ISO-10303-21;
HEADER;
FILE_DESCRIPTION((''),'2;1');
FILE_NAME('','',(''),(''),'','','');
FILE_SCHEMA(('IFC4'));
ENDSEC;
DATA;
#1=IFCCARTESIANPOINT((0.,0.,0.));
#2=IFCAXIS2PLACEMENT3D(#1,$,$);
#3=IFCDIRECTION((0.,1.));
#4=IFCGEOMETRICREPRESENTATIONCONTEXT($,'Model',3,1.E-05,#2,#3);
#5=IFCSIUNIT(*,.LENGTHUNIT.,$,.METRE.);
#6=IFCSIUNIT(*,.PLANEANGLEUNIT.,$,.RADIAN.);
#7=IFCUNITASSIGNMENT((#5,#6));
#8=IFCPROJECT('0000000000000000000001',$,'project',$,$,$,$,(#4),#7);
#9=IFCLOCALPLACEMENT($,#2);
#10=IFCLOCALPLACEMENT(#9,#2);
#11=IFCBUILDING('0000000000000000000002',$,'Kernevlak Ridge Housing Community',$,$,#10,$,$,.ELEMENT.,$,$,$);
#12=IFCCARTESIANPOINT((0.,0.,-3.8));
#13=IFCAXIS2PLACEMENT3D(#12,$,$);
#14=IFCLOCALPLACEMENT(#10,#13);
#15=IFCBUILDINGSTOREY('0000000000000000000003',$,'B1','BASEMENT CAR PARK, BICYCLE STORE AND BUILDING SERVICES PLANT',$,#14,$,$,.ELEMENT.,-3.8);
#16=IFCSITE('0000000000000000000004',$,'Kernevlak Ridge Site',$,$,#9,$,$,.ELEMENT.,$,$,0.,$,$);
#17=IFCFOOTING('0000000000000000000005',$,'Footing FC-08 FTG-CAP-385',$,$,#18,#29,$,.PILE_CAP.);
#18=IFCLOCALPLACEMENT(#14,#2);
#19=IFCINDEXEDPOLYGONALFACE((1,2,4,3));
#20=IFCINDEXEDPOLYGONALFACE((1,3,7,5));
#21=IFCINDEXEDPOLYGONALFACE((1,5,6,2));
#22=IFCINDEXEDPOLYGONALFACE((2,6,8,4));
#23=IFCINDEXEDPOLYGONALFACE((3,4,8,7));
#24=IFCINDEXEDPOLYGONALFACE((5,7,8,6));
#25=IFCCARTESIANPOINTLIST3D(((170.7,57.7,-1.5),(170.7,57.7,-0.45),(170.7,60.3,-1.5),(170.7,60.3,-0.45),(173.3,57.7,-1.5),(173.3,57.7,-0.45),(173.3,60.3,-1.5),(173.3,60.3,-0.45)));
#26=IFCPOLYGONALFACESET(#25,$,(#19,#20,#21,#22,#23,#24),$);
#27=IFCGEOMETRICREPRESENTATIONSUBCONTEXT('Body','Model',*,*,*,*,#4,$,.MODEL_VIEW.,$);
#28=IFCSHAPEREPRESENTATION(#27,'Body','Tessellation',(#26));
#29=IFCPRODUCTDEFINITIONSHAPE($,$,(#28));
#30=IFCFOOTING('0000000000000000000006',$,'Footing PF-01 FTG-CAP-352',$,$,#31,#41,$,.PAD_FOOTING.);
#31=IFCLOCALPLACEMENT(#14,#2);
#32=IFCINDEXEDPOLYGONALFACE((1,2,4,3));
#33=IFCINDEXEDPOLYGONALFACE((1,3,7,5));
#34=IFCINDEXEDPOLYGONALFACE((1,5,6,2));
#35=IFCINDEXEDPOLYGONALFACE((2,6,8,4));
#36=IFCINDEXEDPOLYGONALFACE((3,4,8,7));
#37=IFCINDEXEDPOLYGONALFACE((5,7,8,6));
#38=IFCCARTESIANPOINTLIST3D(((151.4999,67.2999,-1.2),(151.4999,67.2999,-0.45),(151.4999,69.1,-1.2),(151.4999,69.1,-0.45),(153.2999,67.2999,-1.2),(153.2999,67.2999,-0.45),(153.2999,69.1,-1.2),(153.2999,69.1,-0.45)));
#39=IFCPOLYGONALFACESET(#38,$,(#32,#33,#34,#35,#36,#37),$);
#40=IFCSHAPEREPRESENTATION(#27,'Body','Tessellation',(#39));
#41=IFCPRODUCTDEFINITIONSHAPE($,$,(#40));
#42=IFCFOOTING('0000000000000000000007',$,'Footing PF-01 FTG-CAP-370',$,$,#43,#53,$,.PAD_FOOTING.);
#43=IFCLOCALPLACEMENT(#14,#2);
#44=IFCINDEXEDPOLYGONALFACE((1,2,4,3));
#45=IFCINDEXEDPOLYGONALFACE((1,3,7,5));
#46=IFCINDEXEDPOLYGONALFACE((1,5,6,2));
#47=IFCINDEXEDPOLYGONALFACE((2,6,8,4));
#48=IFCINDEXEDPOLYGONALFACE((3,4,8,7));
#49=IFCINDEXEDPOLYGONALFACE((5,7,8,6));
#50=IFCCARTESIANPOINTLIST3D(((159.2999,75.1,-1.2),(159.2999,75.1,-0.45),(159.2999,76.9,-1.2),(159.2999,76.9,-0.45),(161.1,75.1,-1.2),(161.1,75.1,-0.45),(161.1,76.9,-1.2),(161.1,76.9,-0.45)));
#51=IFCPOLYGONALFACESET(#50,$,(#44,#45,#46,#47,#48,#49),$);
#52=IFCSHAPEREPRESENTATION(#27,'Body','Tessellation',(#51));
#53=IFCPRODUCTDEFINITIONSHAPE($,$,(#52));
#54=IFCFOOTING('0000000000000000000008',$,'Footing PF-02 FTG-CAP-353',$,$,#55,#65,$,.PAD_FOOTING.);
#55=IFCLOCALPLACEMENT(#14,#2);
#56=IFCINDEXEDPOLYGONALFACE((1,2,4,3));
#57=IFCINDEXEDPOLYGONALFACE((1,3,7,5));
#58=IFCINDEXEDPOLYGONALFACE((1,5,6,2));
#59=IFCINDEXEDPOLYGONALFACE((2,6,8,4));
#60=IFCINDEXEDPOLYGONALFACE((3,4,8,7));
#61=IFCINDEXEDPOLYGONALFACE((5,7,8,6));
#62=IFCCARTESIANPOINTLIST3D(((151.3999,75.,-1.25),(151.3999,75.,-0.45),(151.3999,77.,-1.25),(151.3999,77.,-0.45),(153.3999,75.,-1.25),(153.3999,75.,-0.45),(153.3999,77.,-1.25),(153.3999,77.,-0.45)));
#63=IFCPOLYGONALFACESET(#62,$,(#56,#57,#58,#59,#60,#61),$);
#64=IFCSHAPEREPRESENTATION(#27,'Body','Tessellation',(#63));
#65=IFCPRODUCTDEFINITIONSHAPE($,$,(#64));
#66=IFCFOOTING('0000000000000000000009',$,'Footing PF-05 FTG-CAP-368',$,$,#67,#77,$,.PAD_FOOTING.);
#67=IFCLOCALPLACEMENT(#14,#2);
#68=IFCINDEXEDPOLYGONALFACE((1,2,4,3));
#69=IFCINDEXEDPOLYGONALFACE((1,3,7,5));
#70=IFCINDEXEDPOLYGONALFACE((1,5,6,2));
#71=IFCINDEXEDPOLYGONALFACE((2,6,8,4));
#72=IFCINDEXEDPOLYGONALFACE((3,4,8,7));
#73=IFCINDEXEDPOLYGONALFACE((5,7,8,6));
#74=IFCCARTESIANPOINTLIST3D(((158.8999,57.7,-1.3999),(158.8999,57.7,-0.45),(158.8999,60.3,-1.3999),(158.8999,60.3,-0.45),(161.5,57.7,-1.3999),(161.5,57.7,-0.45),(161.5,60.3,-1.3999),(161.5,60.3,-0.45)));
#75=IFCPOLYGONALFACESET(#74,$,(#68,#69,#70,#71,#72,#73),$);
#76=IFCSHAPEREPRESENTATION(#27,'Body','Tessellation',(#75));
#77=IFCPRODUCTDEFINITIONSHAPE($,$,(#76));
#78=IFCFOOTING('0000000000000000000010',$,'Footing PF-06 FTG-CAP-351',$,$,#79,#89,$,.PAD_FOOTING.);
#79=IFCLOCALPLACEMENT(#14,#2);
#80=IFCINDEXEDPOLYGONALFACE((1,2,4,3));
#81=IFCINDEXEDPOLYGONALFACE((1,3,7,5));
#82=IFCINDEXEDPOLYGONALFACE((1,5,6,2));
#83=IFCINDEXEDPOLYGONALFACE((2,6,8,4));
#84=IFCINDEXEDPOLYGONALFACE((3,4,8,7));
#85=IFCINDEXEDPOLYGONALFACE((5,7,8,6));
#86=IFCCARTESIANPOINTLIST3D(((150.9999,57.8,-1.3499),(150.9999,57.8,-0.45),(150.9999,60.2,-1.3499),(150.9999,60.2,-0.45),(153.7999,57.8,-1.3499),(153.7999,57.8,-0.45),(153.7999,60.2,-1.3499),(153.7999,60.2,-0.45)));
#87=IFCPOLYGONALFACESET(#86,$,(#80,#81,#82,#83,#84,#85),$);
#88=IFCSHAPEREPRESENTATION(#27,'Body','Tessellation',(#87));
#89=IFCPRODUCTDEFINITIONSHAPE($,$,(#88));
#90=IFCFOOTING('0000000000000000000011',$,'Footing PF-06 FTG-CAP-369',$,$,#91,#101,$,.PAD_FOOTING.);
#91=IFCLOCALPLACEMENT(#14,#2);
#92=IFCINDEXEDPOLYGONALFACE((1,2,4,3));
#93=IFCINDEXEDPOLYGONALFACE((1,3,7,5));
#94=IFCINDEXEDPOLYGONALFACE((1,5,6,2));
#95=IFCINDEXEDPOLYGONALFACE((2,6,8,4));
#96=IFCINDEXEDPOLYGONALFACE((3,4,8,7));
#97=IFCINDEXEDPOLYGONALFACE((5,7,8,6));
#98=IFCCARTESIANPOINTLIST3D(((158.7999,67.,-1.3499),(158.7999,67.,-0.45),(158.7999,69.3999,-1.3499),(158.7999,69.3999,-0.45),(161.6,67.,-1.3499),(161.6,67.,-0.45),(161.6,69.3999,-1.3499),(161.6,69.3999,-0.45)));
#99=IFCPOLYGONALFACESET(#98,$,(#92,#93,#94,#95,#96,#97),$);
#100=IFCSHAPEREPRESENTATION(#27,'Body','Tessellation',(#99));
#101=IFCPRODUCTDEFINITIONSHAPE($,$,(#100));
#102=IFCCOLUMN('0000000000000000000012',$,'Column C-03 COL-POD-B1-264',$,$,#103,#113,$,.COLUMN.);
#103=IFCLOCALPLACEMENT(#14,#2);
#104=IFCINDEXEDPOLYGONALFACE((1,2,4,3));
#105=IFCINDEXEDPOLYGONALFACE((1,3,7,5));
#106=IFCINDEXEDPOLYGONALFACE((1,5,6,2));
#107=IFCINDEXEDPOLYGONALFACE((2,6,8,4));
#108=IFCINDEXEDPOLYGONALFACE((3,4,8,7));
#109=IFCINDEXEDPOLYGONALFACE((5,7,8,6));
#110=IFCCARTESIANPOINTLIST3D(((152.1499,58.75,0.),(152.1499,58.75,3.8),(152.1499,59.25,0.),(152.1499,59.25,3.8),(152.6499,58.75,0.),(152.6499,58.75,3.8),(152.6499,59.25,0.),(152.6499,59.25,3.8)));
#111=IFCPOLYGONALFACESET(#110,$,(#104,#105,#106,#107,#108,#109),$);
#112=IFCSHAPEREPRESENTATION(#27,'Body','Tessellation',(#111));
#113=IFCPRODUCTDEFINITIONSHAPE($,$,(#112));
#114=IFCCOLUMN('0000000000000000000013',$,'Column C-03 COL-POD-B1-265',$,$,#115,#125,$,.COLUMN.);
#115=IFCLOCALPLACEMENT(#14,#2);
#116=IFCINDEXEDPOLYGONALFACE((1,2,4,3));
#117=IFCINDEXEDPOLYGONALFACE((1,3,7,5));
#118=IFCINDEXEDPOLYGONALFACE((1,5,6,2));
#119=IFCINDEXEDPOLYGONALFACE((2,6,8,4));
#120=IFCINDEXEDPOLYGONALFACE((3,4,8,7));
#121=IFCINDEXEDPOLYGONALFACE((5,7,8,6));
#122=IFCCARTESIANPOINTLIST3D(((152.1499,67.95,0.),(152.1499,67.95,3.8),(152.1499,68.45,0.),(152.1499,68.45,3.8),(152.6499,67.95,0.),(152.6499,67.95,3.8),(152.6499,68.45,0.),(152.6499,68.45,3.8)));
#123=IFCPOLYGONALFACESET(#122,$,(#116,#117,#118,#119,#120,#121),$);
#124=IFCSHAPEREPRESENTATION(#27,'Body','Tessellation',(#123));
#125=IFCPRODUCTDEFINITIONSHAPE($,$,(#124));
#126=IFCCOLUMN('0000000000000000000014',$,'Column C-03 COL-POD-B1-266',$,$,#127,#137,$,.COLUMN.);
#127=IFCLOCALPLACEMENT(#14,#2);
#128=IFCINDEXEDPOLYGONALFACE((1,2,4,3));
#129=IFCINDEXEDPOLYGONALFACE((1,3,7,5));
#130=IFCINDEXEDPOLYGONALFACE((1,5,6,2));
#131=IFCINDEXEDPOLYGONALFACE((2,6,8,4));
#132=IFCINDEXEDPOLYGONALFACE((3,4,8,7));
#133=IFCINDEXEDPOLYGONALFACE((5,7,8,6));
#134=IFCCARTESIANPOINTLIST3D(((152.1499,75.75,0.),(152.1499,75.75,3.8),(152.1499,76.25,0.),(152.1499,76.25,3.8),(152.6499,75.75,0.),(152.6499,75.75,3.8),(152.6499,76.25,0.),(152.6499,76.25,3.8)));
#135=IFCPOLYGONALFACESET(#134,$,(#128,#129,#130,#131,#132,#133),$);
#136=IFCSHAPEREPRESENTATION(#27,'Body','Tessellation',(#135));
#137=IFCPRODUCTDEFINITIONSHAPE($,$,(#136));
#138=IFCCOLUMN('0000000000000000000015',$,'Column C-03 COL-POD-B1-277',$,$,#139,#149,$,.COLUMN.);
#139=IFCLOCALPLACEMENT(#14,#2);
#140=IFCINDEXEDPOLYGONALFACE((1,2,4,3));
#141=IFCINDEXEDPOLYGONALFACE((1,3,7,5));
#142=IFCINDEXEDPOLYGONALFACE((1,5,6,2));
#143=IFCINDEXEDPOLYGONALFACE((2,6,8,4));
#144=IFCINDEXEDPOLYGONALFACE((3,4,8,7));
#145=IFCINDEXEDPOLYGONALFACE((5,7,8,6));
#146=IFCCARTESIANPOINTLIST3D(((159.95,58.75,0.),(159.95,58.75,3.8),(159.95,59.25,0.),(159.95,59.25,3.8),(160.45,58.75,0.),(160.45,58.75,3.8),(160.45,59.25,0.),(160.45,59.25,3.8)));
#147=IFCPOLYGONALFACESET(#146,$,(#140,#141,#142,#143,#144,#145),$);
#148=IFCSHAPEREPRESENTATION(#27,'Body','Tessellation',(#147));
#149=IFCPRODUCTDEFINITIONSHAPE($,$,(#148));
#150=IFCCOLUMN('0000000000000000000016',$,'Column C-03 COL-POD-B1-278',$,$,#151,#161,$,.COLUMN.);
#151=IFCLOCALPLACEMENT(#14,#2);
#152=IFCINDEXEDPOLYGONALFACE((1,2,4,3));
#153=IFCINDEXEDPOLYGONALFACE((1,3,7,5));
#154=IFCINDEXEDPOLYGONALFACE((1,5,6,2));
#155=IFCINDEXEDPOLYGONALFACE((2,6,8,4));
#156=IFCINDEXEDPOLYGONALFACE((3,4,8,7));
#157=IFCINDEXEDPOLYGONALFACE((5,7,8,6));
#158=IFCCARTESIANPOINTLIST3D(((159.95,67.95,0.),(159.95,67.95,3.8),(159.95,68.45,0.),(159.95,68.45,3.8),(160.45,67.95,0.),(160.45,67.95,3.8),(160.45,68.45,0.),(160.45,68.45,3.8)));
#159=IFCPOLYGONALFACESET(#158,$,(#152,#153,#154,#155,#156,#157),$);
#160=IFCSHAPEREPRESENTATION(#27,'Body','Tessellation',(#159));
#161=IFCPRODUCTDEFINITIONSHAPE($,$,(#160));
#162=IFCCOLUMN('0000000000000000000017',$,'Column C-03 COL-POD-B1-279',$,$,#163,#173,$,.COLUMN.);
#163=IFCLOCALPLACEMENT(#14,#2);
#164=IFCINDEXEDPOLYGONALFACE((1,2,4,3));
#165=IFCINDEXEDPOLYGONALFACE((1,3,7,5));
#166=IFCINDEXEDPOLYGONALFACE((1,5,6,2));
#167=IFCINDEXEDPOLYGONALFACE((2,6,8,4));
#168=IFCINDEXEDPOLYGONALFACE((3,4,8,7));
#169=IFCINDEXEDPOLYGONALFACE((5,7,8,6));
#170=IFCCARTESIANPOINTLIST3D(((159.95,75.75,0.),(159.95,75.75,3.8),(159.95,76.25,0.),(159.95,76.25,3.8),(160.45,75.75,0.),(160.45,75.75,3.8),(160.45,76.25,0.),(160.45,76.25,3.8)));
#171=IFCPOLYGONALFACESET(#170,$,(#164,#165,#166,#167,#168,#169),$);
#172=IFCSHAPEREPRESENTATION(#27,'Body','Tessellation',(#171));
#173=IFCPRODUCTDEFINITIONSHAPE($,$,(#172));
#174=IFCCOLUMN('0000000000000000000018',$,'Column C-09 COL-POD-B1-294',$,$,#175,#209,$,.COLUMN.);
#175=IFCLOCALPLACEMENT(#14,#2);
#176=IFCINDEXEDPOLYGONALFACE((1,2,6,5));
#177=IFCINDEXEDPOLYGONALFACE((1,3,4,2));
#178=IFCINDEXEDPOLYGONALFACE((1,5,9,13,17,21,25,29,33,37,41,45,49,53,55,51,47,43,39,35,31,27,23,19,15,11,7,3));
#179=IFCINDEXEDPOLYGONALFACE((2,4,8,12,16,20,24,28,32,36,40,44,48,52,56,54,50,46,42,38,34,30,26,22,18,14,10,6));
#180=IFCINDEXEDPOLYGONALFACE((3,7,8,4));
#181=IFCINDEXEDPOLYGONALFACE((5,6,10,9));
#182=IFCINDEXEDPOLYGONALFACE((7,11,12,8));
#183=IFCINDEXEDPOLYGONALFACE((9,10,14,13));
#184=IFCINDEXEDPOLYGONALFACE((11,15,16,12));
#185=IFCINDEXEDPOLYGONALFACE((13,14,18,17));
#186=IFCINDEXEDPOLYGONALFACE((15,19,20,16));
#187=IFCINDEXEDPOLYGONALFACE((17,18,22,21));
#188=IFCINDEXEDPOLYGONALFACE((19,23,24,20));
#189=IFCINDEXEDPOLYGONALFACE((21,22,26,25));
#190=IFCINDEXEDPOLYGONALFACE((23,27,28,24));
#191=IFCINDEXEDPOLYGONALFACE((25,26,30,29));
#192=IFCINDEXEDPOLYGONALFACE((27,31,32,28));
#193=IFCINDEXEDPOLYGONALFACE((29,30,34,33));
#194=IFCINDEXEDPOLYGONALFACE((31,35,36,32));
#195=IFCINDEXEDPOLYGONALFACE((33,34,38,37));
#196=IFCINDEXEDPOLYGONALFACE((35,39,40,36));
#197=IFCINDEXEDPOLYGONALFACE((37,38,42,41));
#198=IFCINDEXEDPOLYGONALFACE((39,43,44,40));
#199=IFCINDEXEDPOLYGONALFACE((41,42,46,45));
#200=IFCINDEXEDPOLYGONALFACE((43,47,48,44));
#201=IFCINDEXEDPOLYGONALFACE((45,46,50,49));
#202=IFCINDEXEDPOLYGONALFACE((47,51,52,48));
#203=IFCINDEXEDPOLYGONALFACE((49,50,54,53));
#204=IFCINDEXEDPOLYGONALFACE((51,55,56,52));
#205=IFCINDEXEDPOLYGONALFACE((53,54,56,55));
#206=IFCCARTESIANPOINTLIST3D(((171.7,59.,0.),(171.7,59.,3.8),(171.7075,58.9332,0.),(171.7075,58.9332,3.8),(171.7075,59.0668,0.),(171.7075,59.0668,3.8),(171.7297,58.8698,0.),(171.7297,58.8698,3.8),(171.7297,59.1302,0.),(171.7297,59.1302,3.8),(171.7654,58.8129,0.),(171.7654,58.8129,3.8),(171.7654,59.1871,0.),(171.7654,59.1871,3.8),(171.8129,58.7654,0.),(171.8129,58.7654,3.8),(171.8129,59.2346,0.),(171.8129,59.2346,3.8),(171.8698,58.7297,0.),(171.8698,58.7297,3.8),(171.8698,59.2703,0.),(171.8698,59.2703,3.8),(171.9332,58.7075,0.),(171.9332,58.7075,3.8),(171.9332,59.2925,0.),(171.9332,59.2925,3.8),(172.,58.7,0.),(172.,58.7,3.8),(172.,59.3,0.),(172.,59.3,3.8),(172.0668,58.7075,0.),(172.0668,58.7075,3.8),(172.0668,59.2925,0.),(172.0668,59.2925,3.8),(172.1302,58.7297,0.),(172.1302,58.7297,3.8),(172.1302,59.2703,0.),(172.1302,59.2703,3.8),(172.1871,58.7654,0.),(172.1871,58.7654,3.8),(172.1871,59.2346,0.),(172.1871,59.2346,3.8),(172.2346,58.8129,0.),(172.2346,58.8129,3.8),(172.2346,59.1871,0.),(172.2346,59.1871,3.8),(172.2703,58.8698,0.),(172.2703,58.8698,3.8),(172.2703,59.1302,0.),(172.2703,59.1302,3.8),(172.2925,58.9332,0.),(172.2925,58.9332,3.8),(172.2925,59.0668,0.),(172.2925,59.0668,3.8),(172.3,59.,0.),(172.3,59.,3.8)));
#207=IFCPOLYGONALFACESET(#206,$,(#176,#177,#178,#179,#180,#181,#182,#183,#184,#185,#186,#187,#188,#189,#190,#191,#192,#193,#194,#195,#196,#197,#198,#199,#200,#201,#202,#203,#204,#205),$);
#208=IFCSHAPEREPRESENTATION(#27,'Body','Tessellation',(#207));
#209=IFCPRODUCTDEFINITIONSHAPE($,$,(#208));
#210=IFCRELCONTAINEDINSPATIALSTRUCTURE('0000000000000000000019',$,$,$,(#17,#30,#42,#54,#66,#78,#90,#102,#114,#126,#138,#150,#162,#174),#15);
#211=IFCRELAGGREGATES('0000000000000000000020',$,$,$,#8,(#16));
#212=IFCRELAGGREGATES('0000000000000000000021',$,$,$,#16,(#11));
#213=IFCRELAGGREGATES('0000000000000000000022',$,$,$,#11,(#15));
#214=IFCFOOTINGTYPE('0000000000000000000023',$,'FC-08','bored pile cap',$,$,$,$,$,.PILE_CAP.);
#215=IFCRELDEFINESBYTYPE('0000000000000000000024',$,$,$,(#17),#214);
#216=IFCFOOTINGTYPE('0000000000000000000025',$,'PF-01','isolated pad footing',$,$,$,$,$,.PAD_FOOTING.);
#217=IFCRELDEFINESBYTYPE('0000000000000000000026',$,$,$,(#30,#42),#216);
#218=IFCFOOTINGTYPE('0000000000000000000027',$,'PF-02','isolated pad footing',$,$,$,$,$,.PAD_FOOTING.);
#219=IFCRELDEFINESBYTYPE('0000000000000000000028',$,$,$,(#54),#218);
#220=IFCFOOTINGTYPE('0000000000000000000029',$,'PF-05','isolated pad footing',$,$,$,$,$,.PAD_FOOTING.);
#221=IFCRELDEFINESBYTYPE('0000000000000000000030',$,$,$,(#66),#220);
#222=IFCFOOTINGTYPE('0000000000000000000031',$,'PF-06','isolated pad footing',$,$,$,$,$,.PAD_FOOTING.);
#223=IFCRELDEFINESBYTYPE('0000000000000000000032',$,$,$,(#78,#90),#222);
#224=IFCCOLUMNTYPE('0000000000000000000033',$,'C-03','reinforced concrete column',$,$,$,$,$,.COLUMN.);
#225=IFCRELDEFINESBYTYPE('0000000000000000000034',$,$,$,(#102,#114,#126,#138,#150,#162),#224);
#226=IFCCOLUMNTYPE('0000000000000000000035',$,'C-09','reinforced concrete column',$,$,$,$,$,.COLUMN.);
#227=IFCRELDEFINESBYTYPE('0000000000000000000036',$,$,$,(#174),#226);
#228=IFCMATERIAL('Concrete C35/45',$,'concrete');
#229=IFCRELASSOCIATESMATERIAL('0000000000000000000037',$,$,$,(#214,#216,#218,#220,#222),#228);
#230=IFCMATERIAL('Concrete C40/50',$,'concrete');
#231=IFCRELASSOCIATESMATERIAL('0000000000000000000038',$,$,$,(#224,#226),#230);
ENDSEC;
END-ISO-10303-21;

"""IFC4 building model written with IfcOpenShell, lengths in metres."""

from ifc_helpers import new_model, si_unit, direction, frame, origin, origin_2d, place, context, subcontext, project, spatial, rectangle, circle, extrude, material, material_profile, profile_set, type_object, element, save


model = new_model("IFC4")

# Units and contexts
model_context = context("Model", 3, precision=1e-05, world=origin(), true_north=direction((0.0, 1.0)))
body_context = subcontext(model_context, "Body", "Model", "MODEL_VIEW")
ifc_project = project(units=[si_unit("LENGTHUNIT", "METRE"), si_unit("PLANEANGLEUNIT", "RADIAN")], contexts=[model_context])

# Site, building, storey
site_placement = place(None, origin())
site = spatial("IfcSite", under=ifc_project, at=site_placement, Name="Kernevlak Ridge Site", CompositionType="ELEMENT", RefElevation=0.0)
building_placement = place(site_placement, origin())
building = spatial("IfcBuilding", under=site, at=building_placement, Name="Kernevlak Ridge Housing Community", CompositionType="ELEMENT")
storey_placement = place(building_placement, frame((0.0, 0.0, -3.8)))
storey = spatial("IfcBuildingStorey", under=building, at=storey_placement, Name="B1", Description="BASEMENT CAR PARK, BICYCLE STORE AND BUILDING SERVICES PLANT", CompositionType="ELEMENT", Elevation=-3.8)

# Shared definitions
ifc_material_1 = material(Name="Concrete C35/45", Category="concrete")

# Footings
footing_type_1 = type_object("IfcFootingType", Name="FC-08", Description="bored pile cap", PredefinedType="PILE_CAP", material=ifc_material_1)
footing_1_placement = place(storey_placement, frame((172.0, 59.0, -1.5), z_axis=(0.0, 0.0, 1.0), x_axis=(1.0, 0.0, 0.0)))
element("IfcFooting", 1, at=footing_1_placement, inside=storey, type_object=footing_type_1, Name="Footing FC-08 FTG-CAP-385", PredefinedType="PILE_CAP", context=body_context, shape_type="SweptSolid", body=[
    extrude(rectangle(XDim=2.6001, YDim=2.6001, at=origin_2d()), origin(), (0.0, 0.0, 1.0), 1.05),
])
footing_type_2 = type_object("IfcFootingType", Name="PF-01", Description="isolated pad footing", PredefinedType="PAD_FOOTING", material=ifc_material_1)
for number, where, z_axis, x_axis, name in (
    (2, (152.3999, 68.2, -1.2), (0.0, 0.0, 1.0), (1.0, 0.0, 0.0), "Footing PF-01 FTG-CAP-352"),
    (3, (160.2, 76.0, -1.2), (0.0, 0.0, 1.0), (1.0, 0.0, 0.0), "Footing PF-01 FTG-CAP-370"),
):
    element("IfcFooting", number, at=place(storey_placement, frame(where, z_axis=z_axis, x_axis=x_axis)), inside=storey, type_object=footing_type_2, Name=name, PredefinedType="PAD_FOOTING", context=body_context, shape_type="SweptSolid", body=[
        extrude(rectangle(XDim=1.8, YDim=1.8, at=origin_2d()), origin(), (0.0, 0.0, 1.0), 0.75),
    ])
footing_type_3 = type_object("IfcFootingType", Name="PF-02", Description="isolated pad footing", PredefinedType="PAD_FOOTING", material=ifc_material_1)
footing_2_placement = place(storey_placement, frame((152.3999, 76.0, -1.25), z_axis=(0.0, 0.0, 1.0), x_axis=(1.0, 0.0, 0.0)))
element("IfcFooting", 4, at=footing_2_placement, inside=storey, type_object=footing_type_3, Name="Footing PF-02 FTG-CAP-353", PredefinedType="PAD_FOOTING", context=body_context, shape_type="SweptSolid", body=[
    extrude(rectangle(XDim=2.0, YDim=2.0, at=origin_2d()), origin(), (0.0, 0.0, 1.0), 0.8),
])
footing_type_4 = type_object("IfcFootingType", Name="PF-05", Description="isolated pad footing", PredefinedType="PAD_FOOTING", material=ifc_material_1)
footing_3_placement = place(storey_placement, frame((160.2, 59.0, -1.3999), z_axis=(0.0, 0.0, 1.0), x_axis=(1.0, 0.0, 0.0)))
element("IfcFooting", 5, at=footing_3_placement, inside=storey, type_object=footing_type_4, Name="Footing PF-05 FTG-CAP-368", PredefinedType="PAD_FOOTING", context=body_context, shape_type="SweptSolid", body=[
    extrude(rectangle(XDim=2.6001, YDim=2.6001, at=origin_2d()), origin(), (0.0, 0.0, 1.0), 0.95),
])
footing_type_5 = type_object("IfcFootingType", Name="PF-06", Description="isolated pad footing", PredefinedType="PAD_FOOTING", material=ifc_material_1)
for number, where, z_axis, x_axis, name in (
    (6, (152.3999, 59.0, -1.3499), (0.0, 0.0, 1.0), (1.0, 0.0, 0.0), "Footing PF-06 FTG-CAP-351"),
    (7, (160.2, 68.2, -1.3499), (0.0, 0.0, 1.0), (1.0, 0.0, 0.0), "Footing PF-06 FTG-CAP-369"),
):
    element("IfcFooting", number, at=place(storey_placement, frame(where, z_axis=z_axis, x_axis=x_axis)), inside=storey, type_object=footing_type_5, Name=name, PredefinedType="PAD_FOOTING", context=body_context, shape_type="SweptSolid", body=[
        extrude(rectangle(XDim=2.8, YDim=2.3999, at=origin_2d()), origin(), (0.0, 0.0, 1.0), 0.8999),
    ])

# Columns
ifc_material_2 = material(Name="Concrete C40/50", Category="concrete")
ifc_material_profile_1 = material_profile(ifc_material_2, rectangle(XDim=0.5, YDim=0.5, at=origin_2d()), Name="RC 500x500")
ifc_profile_set_1 = profile_set([ifc_material_profile_1], Name="Concrete C40/50")
column_type_1 = type_object("IfcColumnType", Name="C-03", Description="reinforced concrete column", PredefinedType="COLUMN", material=ifc_profile_set_1)
for number, where, z_axis, x_axis, name in (
    (8, (152.3999, 59.0, 0.0), (0.0, 0.0, 1.0), (1.0, 0.0, 0.0), "Column C-03 COL-POD-B1-264"),
    (9, (152.3999, 68.2, 0.0), (0.0, 0.0, 1.0), (1.0, 0.0, 0.0), "Column C-03 COL-POD-B1-265"),
    (10, (152.3999, 76.0, 0.0), (0.0, 0.0, 1.0), (1.0, 0.0, 0.0), "Column C-03 COL-POD-B1-266"),
    (11, (160.2, 59.0, 0.0), (0.0, 0.0, 1.0), (1.0, 0.0, 0.0), "Column C-03 COL-POD-B1-277"),
    (12, (160.2, 68.2, 0.0), (0.0, 0.0, 1.0), (1.0, 0.0, 0.0), "Column C-03 COL-POD-B1-278"),
    (13, (160.2, 76.0, 0.0), (0.0, 0.0, 1.0), (1.0, 0.0, 0.0), "Column C-03 COL-POD-B1-279"),
):
    element("IfcColumn", number, at=place(storey_placement, frame(where, z_axis=z_axis, x_axis=x_axis)), inside=storey, type_object=column_type_1, Name=name, PredefinedType="COLUMN", context=body_context, shape_type="SweptSolid", body=[
        extrude(rectangle(XDim=0.5, YDim=0.5, at=origin_2d()), origin(), (0.0, 0.0, 1.0), 3.8),
    ])
ifc_material_profile_2 = material_profile(ifc_material_2, circle(Radius=0.3, at=origin_2d()), Name="RC D600")
ifc_profile_set_2 = profile_set([ifc_material_profile_2], Name="Concrete C40/50")
column_type_2 = type_object("IfcColumnType", Name="C-09", Description="reinforced concrete column", PredefinedType="COLUMN", material=ifc_profile_set_2)
for number, where, z_axis, x_axis, name in (
    (14, (172.0, 59.0, 0.0), (0.0, 0.0, 1.0), (1.0, 0.0, 0.0), "Column C-09 COL-POD-B1-294"),
):
    element("IfcColumn", number, at=place(storey_placement, frame(where, z_axis=z_axis, x_axis=x_axis)), inside=storey, type_object=column_type_2, Name=name, PredefinedType="COLUMN", context=body_context, shape_type="SweptSolid", body=[
        extrude(circle(Radius=0.3, at=origin_2d()), origin(), (0.0, 0.0, 1.0), 3.8),
    ])

save(model, "model.ifc")
